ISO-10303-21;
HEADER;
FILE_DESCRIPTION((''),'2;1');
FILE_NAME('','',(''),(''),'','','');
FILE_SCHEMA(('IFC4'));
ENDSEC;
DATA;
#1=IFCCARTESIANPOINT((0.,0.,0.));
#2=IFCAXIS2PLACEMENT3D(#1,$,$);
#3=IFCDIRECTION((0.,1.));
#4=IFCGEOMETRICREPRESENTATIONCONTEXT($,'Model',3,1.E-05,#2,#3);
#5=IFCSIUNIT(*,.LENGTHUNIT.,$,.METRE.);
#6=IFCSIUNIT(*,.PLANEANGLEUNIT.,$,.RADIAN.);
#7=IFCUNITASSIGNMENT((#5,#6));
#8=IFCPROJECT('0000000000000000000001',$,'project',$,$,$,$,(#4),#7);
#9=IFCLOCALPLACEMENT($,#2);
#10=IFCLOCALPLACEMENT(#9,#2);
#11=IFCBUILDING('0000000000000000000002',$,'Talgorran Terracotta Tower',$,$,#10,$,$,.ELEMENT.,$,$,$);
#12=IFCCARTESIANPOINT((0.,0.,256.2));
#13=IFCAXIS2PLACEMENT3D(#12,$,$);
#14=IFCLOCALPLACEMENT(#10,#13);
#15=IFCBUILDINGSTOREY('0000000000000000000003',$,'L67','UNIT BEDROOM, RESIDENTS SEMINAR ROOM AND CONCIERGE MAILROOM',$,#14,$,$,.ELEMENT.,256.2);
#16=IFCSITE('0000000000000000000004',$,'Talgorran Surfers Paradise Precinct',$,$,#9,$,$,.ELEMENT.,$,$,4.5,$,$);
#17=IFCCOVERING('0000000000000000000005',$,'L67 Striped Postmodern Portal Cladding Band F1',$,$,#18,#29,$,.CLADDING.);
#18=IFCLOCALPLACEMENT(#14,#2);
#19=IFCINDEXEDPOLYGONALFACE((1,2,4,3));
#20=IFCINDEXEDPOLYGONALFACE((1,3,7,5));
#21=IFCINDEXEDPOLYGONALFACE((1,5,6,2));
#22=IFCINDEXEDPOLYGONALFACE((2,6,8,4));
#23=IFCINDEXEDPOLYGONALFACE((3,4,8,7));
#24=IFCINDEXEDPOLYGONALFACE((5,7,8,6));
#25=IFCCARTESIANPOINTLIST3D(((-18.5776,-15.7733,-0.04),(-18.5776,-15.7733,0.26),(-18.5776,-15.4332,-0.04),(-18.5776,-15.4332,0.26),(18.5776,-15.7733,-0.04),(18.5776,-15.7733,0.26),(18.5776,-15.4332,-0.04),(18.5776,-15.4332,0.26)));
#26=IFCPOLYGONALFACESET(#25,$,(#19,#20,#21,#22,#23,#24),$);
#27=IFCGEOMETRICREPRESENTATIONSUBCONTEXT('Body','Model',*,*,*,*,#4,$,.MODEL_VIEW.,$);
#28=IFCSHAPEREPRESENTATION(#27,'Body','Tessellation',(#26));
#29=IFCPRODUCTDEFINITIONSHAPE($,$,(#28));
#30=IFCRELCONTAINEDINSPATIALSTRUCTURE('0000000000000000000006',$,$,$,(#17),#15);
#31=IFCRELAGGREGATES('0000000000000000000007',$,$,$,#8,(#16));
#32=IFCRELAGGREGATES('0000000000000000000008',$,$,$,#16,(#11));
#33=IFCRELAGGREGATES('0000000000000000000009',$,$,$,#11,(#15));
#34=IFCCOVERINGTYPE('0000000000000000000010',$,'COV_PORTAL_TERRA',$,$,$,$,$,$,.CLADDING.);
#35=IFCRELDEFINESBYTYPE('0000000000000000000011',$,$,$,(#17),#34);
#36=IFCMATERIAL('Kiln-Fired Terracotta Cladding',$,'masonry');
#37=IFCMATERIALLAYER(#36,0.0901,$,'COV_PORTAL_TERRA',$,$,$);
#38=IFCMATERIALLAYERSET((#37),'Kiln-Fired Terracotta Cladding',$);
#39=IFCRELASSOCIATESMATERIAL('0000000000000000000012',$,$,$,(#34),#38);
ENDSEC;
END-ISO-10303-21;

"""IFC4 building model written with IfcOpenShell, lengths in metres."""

from ifc_helpers import new_model, si_unit, direction, frame, origin, origin_2d, place, context, subcontext, project, spatial, rectangle, extrude, material, layer, layer_set, type_object, element, save


model = new_model("IFC4")

# Units and contexts
model_context = context("Model", 3, precision=1e-05, world=origin(), true_north=direction((0.0, 1.0)))
body_context = subcontext(model_context, "Body", "Model", "MODEL_VIEW")
ifc_project = project(units=[si_unit("LENGTHUNIT", "METRE"), si_unit("PLANEANGLEUNIT", "RADIAN")], contexts=[model_context])

# Site, building, storey
site_placement = place(None, origin())
site = spatial("IfcSite", under=ifc_project, at=site_placement, Name="Talgorran Surfers Paradise Precinct", CompositionType="ELEMENT", RefElevation=4.5)
building_placement = place(site_placement, origin())
building = spatial("IfcBuilding", under=site, at=building_placement, Name="Talgorran Terracotta Tower", CompositionType="ELEMENT")
storey_placement = place(building_placement, frame((0.0, 0.0, 256.2)))
storey = spatial("IfcBuildingStorey", under=building, at=storey_placement, Name="L67", Description="UNIT BEDROOM, RESIDENTS SEMINAR ROOM AND CONCIERGE MAILROOM", CompositionType="ELEMENT", Elevation=256.2)

# Covering
ifc_material_1 = material(Name="Kiln-Fired Terracotta Cladding", Category="masonry")
ifc_layer_1 = layer(ifc_material_1, 0.0901, Name="COV_PORTAL_TERRA")
ifc_layer_set_1 = layer_set([ifc_layer_1], Name="Kiln-Fired Terracotta Cladding")
covering_type_1 = type_object("IfcCoveringType", Name="COV_PORTAL_TERRA", PredefinedType="CLADDING", material=ifc_layer_set_1)
covering_1_placement = place(storey_placement, frame((0.0, -15.6033, -0.04), z_axis=(0.0, 0.0, 1.0), x_axis=(1.0, 0.0, 0.0)))
element("IfcCovering", 1, at=covering_1_placement, inside=storey, type_object=covering_type_1, Name="L67 Striped Postmodern Portal Cladding Band F1", PredefinedType="CLADDING", context=body_context, shape_type="SweptSolid", body=[
    extrude(rectangle(XDim=37.1553, YDim=0.3401, at=origin_2d()), origin(), (0.0, 0.0, 1.0), 0.3),
])

save(model, "model.ifc")
